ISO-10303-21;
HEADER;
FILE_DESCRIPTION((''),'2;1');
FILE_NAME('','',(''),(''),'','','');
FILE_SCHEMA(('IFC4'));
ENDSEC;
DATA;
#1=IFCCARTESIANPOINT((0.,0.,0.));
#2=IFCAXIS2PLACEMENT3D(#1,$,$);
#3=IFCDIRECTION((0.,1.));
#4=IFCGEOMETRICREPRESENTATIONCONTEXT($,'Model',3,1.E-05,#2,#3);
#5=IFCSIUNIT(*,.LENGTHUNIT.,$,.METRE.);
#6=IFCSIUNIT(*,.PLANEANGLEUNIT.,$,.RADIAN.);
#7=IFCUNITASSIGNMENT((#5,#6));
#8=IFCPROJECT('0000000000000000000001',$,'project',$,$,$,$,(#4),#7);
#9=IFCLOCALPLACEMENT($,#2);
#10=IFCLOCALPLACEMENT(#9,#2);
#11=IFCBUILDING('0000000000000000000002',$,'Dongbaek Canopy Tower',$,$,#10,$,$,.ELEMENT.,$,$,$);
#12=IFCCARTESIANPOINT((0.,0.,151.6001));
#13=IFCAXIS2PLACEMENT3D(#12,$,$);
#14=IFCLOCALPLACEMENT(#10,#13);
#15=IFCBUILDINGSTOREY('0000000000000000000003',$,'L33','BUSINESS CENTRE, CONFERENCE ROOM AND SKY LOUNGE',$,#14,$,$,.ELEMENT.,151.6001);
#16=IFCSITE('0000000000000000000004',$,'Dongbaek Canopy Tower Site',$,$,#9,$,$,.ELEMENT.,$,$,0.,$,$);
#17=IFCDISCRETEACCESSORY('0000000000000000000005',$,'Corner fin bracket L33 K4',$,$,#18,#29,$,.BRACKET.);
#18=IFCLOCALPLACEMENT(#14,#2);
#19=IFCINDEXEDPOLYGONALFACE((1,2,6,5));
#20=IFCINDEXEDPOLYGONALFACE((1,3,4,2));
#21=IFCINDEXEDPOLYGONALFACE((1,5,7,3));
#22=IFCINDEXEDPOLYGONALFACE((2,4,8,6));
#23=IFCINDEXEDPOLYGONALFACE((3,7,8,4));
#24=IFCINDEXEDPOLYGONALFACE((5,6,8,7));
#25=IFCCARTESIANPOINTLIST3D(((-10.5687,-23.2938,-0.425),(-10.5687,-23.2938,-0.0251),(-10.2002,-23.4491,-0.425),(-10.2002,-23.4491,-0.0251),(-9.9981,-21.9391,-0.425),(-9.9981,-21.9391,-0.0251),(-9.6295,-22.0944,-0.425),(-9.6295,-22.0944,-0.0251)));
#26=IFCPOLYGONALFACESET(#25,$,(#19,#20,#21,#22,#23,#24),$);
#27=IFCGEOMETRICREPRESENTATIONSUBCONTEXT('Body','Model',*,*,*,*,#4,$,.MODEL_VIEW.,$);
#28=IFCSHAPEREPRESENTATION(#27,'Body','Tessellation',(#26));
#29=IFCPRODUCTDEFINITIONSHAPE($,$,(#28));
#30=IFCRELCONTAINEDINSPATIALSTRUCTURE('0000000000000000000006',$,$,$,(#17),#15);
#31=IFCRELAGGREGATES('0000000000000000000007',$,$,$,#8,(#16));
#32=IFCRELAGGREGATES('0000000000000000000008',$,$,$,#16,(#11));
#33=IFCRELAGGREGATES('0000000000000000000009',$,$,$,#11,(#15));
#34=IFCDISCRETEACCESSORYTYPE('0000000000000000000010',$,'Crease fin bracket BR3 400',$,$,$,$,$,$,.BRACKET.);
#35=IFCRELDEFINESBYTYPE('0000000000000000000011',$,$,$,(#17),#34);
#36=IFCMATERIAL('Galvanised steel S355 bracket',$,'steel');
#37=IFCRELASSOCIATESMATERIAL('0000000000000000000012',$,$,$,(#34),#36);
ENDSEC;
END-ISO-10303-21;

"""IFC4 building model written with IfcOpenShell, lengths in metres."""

from ifc_helpers import new_model, si_unit, direction, frame, origin, origin_2d, place, context, subcontext, project, spatial, rectangle, extrude, material, type_object, element, save


model = new_model("IFC4")

# Units and contexts
model_context = context("Model", 3, precision=1e-05, world=origin(), true_north=direction((0.0, 1.0)))
body_context = subcontext(model_context, "Body", "Model", "MODEL_VIEW")
ifc_project = project(units=[si_unit("LENGTHUNIT", "METRE"), si_unit("PLANEANGLEUNIT", "RADIAN")], contexts=[model_context])

# Site, building, storey
site_placement = place(None, origin())
site = spatial("IfcSite", under=ifc_project, at=site_placement, Name="Dongbaek Canopy Tower Site", CompositionType="ELEMENT", RefElevation=0.0)
building_placement = place(site_placement, origin())
building = spatial("IfcBuilding", under=site, at=building_placement, Name="Dongbaek Canopy Tower", CompositionType="ELEMENT")
storey_placement = place(building_placement, frame((0.0, 0.0, 151.6001)))
storey = spatial("IfcBuildingStorey", under=building, at=storey_placement, Name="L33", Description="BUSINESS CENTRE, CONFERENCE ROOM AND SKY LOUNGE", CompositionType="ELEMENT", Elevation=151.6001)

# Discrete accessory
ifc_material_1 = material(Name="Galvanised steel S355 bracket", Category="steel")
discrete_accessory_type = type_object("IfcDiscreteAccessoryType", Name="Crease fin bracket BR3 400", PredefinedType="BRACKET", material=ifc_material_1)
discrete_accessory_placement = place(storey_placement, frame((-10.0991, -22.6941, -0.425), z_axis=(0.0, 0.0, 1.0), x_axis=(-0.388223, -0.921565, 0.0)))
element("IfcDiscreteAccessory", 1, at=discrete_accessory_placement, inside=storey, type_object=discrete_accessory_type, Name="Corner fin bracket L33 K4", PredefinedType="BRACKET", context=body_context, shape_type="SweptSolid", body=[
    extrude(rectangle(XDim=1.47, YDim=0.3999, at=origin_2d()), origin(), (0.0, 0.0, 1.0), 0.3999),
])

save(model, "model.ifc")
